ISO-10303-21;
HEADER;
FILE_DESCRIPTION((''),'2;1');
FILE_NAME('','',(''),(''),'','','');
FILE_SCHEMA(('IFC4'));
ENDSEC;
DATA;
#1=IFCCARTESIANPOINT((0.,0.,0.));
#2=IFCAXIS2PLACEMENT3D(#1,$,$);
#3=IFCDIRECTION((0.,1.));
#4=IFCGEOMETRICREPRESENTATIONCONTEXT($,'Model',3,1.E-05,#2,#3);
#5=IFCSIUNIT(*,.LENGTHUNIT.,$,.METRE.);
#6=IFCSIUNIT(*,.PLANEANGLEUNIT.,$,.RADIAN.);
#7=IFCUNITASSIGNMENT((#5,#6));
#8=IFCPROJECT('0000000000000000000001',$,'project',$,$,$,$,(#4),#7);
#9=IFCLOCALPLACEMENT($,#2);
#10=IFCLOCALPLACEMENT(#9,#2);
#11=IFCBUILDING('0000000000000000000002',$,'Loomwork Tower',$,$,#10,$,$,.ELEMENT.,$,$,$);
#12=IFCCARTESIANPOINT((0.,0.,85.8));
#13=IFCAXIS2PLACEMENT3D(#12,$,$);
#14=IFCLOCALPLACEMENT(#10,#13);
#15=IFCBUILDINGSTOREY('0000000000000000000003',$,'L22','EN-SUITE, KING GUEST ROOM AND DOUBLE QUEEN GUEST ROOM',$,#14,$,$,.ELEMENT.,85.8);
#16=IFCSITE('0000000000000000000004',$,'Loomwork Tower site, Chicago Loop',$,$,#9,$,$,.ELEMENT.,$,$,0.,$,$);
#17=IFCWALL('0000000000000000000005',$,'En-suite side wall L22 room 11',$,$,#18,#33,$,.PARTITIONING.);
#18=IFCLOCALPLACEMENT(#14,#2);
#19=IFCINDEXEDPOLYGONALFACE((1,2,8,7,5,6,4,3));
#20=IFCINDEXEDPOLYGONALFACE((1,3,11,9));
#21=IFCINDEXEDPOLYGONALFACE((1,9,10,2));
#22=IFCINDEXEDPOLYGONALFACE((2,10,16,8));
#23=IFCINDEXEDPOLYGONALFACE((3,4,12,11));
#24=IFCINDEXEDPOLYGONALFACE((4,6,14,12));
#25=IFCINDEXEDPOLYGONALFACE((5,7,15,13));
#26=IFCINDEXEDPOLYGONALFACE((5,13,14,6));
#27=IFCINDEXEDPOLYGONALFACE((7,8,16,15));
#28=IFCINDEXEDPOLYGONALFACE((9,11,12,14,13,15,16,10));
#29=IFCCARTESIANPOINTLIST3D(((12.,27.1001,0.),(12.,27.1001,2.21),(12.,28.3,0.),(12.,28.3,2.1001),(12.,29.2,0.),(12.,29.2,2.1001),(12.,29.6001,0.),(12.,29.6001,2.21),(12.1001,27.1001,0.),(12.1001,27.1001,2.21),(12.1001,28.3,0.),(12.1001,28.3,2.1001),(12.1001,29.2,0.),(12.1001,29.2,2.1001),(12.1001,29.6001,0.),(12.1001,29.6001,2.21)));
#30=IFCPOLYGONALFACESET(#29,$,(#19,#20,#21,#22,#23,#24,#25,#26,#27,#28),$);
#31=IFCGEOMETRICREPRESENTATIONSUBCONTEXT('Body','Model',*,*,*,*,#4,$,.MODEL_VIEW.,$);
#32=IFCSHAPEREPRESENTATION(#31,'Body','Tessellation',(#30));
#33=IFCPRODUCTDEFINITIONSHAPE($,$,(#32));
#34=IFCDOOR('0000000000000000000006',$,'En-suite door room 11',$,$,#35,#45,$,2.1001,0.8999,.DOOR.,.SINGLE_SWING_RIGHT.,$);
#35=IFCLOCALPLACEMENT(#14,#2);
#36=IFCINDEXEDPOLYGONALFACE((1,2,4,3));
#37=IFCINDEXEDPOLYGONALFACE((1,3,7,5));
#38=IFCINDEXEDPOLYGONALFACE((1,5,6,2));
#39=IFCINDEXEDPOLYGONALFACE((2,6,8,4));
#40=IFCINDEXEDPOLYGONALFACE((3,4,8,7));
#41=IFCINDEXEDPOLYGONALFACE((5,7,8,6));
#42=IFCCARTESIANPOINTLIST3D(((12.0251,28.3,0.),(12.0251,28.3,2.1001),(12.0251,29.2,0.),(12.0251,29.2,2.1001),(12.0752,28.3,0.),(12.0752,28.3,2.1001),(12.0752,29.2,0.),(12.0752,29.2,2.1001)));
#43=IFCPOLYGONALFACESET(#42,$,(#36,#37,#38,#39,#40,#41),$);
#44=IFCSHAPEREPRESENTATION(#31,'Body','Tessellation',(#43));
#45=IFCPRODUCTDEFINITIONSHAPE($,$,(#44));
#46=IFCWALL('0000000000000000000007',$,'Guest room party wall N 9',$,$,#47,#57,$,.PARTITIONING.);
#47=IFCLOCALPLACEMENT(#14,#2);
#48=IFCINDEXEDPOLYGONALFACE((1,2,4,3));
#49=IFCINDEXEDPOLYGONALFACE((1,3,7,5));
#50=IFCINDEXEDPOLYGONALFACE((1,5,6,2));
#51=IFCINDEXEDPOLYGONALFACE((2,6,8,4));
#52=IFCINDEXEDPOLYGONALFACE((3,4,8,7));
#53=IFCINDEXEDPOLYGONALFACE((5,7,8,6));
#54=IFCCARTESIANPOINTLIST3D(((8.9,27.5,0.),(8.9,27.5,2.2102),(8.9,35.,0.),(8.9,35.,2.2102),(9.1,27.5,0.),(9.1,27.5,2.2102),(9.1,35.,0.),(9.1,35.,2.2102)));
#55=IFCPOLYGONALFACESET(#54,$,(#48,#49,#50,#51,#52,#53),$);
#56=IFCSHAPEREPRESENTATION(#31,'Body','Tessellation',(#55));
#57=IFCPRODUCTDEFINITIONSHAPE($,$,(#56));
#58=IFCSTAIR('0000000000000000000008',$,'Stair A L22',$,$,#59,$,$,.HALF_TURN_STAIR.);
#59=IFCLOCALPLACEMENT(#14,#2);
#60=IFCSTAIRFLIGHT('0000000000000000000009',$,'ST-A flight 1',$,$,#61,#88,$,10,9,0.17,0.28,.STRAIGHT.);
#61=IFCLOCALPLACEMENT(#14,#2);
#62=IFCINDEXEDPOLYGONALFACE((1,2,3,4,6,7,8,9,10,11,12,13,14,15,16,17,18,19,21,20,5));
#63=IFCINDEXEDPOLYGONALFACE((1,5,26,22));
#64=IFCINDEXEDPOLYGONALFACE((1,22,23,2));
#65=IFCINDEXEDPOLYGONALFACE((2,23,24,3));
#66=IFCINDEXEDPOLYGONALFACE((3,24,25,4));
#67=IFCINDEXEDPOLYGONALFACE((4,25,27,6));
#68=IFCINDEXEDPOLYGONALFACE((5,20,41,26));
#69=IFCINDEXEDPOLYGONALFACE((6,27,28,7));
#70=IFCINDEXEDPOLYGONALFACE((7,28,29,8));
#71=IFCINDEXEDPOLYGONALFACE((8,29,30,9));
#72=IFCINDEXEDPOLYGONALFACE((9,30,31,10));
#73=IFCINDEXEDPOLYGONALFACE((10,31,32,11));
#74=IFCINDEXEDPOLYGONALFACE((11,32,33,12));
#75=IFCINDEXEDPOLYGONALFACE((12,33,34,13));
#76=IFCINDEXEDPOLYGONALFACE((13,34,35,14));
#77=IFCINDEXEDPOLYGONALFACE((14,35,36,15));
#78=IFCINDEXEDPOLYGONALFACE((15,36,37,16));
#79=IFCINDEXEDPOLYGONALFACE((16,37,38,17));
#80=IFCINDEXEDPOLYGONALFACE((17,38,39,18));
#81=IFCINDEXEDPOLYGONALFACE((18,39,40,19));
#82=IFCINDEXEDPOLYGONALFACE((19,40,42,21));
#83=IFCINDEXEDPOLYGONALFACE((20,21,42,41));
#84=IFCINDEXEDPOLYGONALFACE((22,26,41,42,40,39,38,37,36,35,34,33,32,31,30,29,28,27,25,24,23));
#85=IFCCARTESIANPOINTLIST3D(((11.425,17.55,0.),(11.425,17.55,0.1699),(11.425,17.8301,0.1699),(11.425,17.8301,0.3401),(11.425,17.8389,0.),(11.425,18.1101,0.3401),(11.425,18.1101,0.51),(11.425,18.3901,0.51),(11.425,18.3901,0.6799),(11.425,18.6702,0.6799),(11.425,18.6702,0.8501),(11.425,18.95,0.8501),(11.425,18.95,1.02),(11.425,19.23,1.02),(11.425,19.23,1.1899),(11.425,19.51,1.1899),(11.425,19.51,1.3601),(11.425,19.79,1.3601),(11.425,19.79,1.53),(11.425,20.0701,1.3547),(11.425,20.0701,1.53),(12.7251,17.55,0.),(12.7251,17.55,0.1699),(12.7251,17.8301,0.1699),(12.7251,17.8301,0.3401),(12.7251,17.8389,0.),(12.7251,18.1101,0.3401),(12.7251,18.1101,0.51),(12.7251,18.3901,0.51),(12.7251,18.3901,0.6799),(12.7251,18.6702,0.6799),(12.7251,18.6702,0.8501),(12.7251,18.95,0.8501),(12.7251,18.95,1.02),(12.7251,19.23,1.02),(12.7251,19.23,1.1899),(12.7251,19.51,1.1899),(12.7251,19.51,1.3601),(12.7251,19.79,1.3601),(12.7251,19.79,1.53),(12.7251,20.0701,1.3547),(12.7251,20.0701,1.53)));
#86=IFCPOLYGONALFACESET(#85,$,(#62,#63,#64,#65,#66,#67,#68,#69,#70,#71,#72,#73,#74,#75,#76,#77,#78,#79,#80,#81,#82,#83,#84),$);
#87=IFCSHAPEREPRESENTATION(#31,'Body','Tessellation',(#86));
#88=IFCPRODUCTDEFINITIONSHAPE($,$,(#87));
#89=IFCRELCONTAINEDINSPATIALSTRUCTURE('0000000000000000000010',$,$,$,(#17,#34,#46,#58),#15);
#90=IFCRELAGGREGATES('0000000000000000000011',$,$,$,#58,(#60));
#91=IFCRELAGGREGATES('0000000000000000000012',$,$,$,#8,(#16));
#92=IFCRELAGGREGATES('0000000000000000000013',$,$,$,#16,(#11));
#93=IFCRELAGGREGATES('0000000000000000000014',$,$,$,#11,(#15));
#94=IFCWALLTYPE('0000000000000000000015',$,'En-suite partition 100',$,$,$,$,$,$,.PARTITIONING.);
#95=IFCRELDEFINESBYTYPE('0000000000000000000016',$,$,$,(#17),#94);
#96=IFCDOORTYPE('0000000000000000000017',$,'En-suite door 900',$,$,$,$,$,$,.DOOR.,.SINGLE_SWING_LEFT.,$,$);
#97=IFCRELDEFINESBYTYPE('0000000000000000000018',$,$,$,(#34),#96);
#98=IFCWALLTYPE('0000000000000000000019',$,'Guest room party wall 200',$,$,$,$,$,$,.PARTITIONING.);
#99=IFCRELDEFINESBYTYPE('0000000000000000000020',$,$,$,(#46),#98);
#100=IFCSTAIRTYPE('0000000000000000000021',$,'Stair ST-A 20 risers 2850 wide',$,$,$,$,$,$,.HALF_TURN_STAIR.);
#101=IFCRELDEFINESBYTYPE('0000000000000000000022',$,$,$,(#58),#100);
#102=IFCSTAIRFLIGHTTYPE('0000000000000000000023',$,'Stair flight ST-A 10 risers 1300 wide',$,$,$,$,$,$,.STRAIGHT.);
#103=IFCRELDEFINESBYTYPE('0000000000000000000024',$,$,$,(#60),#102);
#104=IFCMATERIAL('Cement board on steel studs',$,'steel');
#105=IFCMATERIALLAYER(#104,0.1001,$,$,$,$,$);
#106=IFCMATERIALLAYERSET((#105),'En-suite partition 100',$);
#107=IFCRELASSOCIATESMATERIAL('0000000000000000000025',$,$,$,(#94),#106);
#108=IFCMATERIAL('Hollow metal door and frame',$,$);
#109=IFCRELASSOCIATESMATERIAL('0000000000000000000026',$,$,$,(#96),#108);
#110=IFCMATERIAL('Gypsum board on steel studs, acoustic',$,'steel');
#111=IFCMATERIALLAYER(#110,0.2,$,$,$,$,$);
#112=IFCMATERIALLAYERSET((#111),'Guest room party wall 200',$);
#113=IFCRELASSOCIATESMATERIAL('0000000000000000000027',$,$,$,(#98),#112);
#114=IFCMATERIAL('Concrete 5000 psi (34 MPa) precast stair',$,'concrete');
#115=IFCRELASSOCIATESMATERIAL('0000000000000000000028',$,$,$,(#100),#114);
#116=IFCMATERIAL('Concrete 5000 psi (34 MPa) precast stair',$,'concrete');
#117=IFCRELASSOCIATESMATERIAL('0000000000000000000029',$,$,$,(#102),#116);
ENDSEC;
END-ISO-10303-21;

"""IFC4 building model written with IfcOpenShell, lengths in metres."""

from ifc_helpers import new_model, si_unit, direction, frame, frame_2d, origin, place, context, subcontext, project, spatial, polyline, rectangle, outline, extrude, material, layer, layer_set, type_object, element, fill, aggregate, save


model = new_model("IFC4")

# Units and contexts
model_context = context("Model", 3, precision=1e-05, world=origin(), true_north=direction((0.0, 1.0)))
body_context = subcontext(model_context, "Body", "Model", "MODEL_VIEW")
ifc_project = project(units=[si_unit("LENGTHUNIT", "METRE"), si_unit("PLANEANGLEUNIT", "RADIAN")], contexts=[model_context])

# Site, building, storey
site_placement = place(None, origin())
site = spatial("IfcSite", under=ifc_project, at=site_placement, Name="Loomwork Tower site, Chicago Loop", CompositionType="ELEMENT", RefElevation=0.0)
building_placement = place(site_placement, origin())
building = spatial("IfcBuilding", under=site, at=building_placement, Name="Loomwork Tower", CompositionType="ELEMENT")
storey_placement = place(building_placement, frame((0.0, 0.0, 85.8)))
storey = spatial("IfcBuildingStorey", under=building, at=storey_placement, Name="L22", Description="EN-SUITE, KING GUEST ROOM AND DOUBLE QUEEN GUEST ROOM", CompositionType="ELEMENT", Elevation=85.8)

# Shared definitions
ifc_material_1 = material(Name="Cement board on steel studs", Category="steel")
ifc_layer_1 = layer(ifc_material_1, 0.1001)
ifc_layer_set_1 = layer_set([ifc_layer_1], Name="En-suite partition 100")
wall_type_1 = type_object("IfcWallType", Name="En-suite partition 100", PredefinedType="PARTITIONING", material=ifc_layer_set_1)

# Wall, opening, door
wall_1_placement = place(storey_placement, frame((12.05, 27.1001, 0.0), z_axis=(0.0, 0.0, 1.0), x_axis=(0.0, 1.0, 0.0)))
wall_1 = element("IfcWall", 1, at=wall_1_placement, inside=storey, type_object=wall_type_1, Name="En-suite side wall L22 room 11", PredefinedType="PARTITIONING", context=body_context, shape_type="SweptSolid", body=[
    extrude(rectangle(XDim=2.5, YDim=0.1001, at=frame_2d((1.25, 0.0))), origin(), (0.0, 0.0, 1.0), 2.21),
])
opening_1_placement = place(wall_1_placement, frame((1.2, 0.0, 0.0)))
opening_1 = element("IfcOpeningElement", 2, at=opening_1_placement, cuts=wall_1, PredefinedType="OPENING", context=body_context, shape_type="SweptSolid", body=[
    extrude(rectangle(XDim=0.8999, YDim=2.1001, at=frame_2d((0.45, 1.05))), frame((0.0, 0.0601, 0.0), z_axis=(0.0, -1.0, 0.0), x_axis=(1.0, 0.0, 0.0)), (0.0, 0.0, 1.0), 0.1201),
])
ifc_material_2 = material(Name="Hollow metal door and frame")
door_type_1 = type_object("IfcDoorType", Name="En-suite door 900", OperationType="SINGLE_SWING_LEFT", PredefinedType="DOOR", material=ifc_material_2)
door_1_placement = place(opening_1_placement, origin())
door_1 = element("IfcDoor", 3, at=door_1_placement, inside=storey, type_object=door_type_1, Name="En-suite door room 11", OperationType="SINGLE_SWING_RIGHT", OverallHeight=2.1001, OverallWidth=0.8999, PredefinedType="DOOR", context=body_context, shape_type="SweptSolid", body=[
    extrude(rectangle(XDim=0.8999, YDim=2.1001, at=frame_2d((0.45, 1.05))), frame((0.0, 0.0249, 0.0), z_axis=(0.0, -1.0, 0.0), x_axis=(1.0, 0.0, 0.0)), (0.0, 0.0, 1.0), 0.05),
])
fill(opening_1, door_1)

# Wall
ifc_material_3 = material(Name="Gypsum board on steel studs, acoustic", Category="steel")
ifc_layer_2 = layer(ifc_material_3, 0.2)
ifc_layer_set_2 = layer_set([ifc_layer_2], Name="Guest room party wall 200")
wall_type_2 = type_object("IfcWallType", Name="Guest room party wall 200", PredefinedType="PARTITIONING", material=ifc_layer_set_2)
wall_2_placement = place(storey_placement, frame((9.0, 27.5, 0.0), z_axis=(0.0, 0.0, 1.0), x_axis=(0.0, 1.0, 0.0)))
element("IfcWall", 4, at=wall_2_placement, inside=storey, type_object=wall_type_2, Name="Guest room party wall N 9", PredefinedType="PARTITIONING", context=body_context, shape_type="SweptSolid", body=[
    extrude(rectangle(XDim=7.5, YDim=0.2, at=frame_2d((3.75, 0.0))), origin(), (0.0, 0.0, 1.0), 2.2102),
])

# Stair, stair flight
ifc_material_4 = material(Name="Concrete 5000 psi (34 MPa) precast stair", Category="concrete")
stair_type = type_object("IfcStairType", Name="Stair ST-A 20 risers 2850 wide", PredefinedType="HALF_TURN_STAIR", material=ifc_material_4)
stair_placement = place(storey_placement, origin())
stair = element("IfcStair", 5, at=stair_placement, inside=storey, type_object=stair_type, Name="Stair A L22", PredefinedType="HALF_TURN_STAIR")
ifc_material_5 = material(Name="Concrete 5000 psi (34 MPa) precast stair", Category="concrete")
stair_flight_type = type_object("IfcStairFlightType", Name="Stair flight ST-A 10 risers 1300 wide", PredefinedType="STRAIGHT", material=ifc_material_5)
stair_flight_placement = place(storey_placement, frame((12.075, 17.55, 0.0), z_axis=(0.0, 0.0, 1.0), x_axis=(0.0, 1.0, 0.0)))
stair_flight = element("IfcStairFlight", 6, at=stair_flight_placement, type_object=stair_flight_type, Name="ST-A flight 1", NumberOfRisers=10, NumberOfTreads=9, PredefinedType="STRAIGHT", RiserHeight=0.17, TreadLength=0.28, context=body_context, shape_type="SweptSolid", body=[
    extrude(outline(polyline([(0.0, 0.0), (0.0, 0.1699), (0.28, 0.1699), (0.28, 0.3401), (0.5601, 0.3401), (0.5601, 0.51), (0.8401, 0.51), (0.8401, 0.6799), (1.1201, 0.6799), (1.1201, 0.8501), (1.3999, 0.8501), (1.3999, 1.02), (1.6799, 1.02), (1.6799, 1.1899), (1.96, 1.1899), (1.96, 1.3601), (2.24, 1.3601), (2.24, 1.53), (2.52, 1.53), (2.52, 1.7), (2.52, 1.3547), (0.2888, 0.0), (0.0, 0.0)])), frame((0.0, 0.6499, 0.0), z_axis=(0.0, -1.0, 0.0), x_axis=(1.0, 0.0, 0.0)), (0.0, 0.0, 1.0), 1.3),
])
aggregate(stair, [stair_flight])

save(model, "model.ifc")
